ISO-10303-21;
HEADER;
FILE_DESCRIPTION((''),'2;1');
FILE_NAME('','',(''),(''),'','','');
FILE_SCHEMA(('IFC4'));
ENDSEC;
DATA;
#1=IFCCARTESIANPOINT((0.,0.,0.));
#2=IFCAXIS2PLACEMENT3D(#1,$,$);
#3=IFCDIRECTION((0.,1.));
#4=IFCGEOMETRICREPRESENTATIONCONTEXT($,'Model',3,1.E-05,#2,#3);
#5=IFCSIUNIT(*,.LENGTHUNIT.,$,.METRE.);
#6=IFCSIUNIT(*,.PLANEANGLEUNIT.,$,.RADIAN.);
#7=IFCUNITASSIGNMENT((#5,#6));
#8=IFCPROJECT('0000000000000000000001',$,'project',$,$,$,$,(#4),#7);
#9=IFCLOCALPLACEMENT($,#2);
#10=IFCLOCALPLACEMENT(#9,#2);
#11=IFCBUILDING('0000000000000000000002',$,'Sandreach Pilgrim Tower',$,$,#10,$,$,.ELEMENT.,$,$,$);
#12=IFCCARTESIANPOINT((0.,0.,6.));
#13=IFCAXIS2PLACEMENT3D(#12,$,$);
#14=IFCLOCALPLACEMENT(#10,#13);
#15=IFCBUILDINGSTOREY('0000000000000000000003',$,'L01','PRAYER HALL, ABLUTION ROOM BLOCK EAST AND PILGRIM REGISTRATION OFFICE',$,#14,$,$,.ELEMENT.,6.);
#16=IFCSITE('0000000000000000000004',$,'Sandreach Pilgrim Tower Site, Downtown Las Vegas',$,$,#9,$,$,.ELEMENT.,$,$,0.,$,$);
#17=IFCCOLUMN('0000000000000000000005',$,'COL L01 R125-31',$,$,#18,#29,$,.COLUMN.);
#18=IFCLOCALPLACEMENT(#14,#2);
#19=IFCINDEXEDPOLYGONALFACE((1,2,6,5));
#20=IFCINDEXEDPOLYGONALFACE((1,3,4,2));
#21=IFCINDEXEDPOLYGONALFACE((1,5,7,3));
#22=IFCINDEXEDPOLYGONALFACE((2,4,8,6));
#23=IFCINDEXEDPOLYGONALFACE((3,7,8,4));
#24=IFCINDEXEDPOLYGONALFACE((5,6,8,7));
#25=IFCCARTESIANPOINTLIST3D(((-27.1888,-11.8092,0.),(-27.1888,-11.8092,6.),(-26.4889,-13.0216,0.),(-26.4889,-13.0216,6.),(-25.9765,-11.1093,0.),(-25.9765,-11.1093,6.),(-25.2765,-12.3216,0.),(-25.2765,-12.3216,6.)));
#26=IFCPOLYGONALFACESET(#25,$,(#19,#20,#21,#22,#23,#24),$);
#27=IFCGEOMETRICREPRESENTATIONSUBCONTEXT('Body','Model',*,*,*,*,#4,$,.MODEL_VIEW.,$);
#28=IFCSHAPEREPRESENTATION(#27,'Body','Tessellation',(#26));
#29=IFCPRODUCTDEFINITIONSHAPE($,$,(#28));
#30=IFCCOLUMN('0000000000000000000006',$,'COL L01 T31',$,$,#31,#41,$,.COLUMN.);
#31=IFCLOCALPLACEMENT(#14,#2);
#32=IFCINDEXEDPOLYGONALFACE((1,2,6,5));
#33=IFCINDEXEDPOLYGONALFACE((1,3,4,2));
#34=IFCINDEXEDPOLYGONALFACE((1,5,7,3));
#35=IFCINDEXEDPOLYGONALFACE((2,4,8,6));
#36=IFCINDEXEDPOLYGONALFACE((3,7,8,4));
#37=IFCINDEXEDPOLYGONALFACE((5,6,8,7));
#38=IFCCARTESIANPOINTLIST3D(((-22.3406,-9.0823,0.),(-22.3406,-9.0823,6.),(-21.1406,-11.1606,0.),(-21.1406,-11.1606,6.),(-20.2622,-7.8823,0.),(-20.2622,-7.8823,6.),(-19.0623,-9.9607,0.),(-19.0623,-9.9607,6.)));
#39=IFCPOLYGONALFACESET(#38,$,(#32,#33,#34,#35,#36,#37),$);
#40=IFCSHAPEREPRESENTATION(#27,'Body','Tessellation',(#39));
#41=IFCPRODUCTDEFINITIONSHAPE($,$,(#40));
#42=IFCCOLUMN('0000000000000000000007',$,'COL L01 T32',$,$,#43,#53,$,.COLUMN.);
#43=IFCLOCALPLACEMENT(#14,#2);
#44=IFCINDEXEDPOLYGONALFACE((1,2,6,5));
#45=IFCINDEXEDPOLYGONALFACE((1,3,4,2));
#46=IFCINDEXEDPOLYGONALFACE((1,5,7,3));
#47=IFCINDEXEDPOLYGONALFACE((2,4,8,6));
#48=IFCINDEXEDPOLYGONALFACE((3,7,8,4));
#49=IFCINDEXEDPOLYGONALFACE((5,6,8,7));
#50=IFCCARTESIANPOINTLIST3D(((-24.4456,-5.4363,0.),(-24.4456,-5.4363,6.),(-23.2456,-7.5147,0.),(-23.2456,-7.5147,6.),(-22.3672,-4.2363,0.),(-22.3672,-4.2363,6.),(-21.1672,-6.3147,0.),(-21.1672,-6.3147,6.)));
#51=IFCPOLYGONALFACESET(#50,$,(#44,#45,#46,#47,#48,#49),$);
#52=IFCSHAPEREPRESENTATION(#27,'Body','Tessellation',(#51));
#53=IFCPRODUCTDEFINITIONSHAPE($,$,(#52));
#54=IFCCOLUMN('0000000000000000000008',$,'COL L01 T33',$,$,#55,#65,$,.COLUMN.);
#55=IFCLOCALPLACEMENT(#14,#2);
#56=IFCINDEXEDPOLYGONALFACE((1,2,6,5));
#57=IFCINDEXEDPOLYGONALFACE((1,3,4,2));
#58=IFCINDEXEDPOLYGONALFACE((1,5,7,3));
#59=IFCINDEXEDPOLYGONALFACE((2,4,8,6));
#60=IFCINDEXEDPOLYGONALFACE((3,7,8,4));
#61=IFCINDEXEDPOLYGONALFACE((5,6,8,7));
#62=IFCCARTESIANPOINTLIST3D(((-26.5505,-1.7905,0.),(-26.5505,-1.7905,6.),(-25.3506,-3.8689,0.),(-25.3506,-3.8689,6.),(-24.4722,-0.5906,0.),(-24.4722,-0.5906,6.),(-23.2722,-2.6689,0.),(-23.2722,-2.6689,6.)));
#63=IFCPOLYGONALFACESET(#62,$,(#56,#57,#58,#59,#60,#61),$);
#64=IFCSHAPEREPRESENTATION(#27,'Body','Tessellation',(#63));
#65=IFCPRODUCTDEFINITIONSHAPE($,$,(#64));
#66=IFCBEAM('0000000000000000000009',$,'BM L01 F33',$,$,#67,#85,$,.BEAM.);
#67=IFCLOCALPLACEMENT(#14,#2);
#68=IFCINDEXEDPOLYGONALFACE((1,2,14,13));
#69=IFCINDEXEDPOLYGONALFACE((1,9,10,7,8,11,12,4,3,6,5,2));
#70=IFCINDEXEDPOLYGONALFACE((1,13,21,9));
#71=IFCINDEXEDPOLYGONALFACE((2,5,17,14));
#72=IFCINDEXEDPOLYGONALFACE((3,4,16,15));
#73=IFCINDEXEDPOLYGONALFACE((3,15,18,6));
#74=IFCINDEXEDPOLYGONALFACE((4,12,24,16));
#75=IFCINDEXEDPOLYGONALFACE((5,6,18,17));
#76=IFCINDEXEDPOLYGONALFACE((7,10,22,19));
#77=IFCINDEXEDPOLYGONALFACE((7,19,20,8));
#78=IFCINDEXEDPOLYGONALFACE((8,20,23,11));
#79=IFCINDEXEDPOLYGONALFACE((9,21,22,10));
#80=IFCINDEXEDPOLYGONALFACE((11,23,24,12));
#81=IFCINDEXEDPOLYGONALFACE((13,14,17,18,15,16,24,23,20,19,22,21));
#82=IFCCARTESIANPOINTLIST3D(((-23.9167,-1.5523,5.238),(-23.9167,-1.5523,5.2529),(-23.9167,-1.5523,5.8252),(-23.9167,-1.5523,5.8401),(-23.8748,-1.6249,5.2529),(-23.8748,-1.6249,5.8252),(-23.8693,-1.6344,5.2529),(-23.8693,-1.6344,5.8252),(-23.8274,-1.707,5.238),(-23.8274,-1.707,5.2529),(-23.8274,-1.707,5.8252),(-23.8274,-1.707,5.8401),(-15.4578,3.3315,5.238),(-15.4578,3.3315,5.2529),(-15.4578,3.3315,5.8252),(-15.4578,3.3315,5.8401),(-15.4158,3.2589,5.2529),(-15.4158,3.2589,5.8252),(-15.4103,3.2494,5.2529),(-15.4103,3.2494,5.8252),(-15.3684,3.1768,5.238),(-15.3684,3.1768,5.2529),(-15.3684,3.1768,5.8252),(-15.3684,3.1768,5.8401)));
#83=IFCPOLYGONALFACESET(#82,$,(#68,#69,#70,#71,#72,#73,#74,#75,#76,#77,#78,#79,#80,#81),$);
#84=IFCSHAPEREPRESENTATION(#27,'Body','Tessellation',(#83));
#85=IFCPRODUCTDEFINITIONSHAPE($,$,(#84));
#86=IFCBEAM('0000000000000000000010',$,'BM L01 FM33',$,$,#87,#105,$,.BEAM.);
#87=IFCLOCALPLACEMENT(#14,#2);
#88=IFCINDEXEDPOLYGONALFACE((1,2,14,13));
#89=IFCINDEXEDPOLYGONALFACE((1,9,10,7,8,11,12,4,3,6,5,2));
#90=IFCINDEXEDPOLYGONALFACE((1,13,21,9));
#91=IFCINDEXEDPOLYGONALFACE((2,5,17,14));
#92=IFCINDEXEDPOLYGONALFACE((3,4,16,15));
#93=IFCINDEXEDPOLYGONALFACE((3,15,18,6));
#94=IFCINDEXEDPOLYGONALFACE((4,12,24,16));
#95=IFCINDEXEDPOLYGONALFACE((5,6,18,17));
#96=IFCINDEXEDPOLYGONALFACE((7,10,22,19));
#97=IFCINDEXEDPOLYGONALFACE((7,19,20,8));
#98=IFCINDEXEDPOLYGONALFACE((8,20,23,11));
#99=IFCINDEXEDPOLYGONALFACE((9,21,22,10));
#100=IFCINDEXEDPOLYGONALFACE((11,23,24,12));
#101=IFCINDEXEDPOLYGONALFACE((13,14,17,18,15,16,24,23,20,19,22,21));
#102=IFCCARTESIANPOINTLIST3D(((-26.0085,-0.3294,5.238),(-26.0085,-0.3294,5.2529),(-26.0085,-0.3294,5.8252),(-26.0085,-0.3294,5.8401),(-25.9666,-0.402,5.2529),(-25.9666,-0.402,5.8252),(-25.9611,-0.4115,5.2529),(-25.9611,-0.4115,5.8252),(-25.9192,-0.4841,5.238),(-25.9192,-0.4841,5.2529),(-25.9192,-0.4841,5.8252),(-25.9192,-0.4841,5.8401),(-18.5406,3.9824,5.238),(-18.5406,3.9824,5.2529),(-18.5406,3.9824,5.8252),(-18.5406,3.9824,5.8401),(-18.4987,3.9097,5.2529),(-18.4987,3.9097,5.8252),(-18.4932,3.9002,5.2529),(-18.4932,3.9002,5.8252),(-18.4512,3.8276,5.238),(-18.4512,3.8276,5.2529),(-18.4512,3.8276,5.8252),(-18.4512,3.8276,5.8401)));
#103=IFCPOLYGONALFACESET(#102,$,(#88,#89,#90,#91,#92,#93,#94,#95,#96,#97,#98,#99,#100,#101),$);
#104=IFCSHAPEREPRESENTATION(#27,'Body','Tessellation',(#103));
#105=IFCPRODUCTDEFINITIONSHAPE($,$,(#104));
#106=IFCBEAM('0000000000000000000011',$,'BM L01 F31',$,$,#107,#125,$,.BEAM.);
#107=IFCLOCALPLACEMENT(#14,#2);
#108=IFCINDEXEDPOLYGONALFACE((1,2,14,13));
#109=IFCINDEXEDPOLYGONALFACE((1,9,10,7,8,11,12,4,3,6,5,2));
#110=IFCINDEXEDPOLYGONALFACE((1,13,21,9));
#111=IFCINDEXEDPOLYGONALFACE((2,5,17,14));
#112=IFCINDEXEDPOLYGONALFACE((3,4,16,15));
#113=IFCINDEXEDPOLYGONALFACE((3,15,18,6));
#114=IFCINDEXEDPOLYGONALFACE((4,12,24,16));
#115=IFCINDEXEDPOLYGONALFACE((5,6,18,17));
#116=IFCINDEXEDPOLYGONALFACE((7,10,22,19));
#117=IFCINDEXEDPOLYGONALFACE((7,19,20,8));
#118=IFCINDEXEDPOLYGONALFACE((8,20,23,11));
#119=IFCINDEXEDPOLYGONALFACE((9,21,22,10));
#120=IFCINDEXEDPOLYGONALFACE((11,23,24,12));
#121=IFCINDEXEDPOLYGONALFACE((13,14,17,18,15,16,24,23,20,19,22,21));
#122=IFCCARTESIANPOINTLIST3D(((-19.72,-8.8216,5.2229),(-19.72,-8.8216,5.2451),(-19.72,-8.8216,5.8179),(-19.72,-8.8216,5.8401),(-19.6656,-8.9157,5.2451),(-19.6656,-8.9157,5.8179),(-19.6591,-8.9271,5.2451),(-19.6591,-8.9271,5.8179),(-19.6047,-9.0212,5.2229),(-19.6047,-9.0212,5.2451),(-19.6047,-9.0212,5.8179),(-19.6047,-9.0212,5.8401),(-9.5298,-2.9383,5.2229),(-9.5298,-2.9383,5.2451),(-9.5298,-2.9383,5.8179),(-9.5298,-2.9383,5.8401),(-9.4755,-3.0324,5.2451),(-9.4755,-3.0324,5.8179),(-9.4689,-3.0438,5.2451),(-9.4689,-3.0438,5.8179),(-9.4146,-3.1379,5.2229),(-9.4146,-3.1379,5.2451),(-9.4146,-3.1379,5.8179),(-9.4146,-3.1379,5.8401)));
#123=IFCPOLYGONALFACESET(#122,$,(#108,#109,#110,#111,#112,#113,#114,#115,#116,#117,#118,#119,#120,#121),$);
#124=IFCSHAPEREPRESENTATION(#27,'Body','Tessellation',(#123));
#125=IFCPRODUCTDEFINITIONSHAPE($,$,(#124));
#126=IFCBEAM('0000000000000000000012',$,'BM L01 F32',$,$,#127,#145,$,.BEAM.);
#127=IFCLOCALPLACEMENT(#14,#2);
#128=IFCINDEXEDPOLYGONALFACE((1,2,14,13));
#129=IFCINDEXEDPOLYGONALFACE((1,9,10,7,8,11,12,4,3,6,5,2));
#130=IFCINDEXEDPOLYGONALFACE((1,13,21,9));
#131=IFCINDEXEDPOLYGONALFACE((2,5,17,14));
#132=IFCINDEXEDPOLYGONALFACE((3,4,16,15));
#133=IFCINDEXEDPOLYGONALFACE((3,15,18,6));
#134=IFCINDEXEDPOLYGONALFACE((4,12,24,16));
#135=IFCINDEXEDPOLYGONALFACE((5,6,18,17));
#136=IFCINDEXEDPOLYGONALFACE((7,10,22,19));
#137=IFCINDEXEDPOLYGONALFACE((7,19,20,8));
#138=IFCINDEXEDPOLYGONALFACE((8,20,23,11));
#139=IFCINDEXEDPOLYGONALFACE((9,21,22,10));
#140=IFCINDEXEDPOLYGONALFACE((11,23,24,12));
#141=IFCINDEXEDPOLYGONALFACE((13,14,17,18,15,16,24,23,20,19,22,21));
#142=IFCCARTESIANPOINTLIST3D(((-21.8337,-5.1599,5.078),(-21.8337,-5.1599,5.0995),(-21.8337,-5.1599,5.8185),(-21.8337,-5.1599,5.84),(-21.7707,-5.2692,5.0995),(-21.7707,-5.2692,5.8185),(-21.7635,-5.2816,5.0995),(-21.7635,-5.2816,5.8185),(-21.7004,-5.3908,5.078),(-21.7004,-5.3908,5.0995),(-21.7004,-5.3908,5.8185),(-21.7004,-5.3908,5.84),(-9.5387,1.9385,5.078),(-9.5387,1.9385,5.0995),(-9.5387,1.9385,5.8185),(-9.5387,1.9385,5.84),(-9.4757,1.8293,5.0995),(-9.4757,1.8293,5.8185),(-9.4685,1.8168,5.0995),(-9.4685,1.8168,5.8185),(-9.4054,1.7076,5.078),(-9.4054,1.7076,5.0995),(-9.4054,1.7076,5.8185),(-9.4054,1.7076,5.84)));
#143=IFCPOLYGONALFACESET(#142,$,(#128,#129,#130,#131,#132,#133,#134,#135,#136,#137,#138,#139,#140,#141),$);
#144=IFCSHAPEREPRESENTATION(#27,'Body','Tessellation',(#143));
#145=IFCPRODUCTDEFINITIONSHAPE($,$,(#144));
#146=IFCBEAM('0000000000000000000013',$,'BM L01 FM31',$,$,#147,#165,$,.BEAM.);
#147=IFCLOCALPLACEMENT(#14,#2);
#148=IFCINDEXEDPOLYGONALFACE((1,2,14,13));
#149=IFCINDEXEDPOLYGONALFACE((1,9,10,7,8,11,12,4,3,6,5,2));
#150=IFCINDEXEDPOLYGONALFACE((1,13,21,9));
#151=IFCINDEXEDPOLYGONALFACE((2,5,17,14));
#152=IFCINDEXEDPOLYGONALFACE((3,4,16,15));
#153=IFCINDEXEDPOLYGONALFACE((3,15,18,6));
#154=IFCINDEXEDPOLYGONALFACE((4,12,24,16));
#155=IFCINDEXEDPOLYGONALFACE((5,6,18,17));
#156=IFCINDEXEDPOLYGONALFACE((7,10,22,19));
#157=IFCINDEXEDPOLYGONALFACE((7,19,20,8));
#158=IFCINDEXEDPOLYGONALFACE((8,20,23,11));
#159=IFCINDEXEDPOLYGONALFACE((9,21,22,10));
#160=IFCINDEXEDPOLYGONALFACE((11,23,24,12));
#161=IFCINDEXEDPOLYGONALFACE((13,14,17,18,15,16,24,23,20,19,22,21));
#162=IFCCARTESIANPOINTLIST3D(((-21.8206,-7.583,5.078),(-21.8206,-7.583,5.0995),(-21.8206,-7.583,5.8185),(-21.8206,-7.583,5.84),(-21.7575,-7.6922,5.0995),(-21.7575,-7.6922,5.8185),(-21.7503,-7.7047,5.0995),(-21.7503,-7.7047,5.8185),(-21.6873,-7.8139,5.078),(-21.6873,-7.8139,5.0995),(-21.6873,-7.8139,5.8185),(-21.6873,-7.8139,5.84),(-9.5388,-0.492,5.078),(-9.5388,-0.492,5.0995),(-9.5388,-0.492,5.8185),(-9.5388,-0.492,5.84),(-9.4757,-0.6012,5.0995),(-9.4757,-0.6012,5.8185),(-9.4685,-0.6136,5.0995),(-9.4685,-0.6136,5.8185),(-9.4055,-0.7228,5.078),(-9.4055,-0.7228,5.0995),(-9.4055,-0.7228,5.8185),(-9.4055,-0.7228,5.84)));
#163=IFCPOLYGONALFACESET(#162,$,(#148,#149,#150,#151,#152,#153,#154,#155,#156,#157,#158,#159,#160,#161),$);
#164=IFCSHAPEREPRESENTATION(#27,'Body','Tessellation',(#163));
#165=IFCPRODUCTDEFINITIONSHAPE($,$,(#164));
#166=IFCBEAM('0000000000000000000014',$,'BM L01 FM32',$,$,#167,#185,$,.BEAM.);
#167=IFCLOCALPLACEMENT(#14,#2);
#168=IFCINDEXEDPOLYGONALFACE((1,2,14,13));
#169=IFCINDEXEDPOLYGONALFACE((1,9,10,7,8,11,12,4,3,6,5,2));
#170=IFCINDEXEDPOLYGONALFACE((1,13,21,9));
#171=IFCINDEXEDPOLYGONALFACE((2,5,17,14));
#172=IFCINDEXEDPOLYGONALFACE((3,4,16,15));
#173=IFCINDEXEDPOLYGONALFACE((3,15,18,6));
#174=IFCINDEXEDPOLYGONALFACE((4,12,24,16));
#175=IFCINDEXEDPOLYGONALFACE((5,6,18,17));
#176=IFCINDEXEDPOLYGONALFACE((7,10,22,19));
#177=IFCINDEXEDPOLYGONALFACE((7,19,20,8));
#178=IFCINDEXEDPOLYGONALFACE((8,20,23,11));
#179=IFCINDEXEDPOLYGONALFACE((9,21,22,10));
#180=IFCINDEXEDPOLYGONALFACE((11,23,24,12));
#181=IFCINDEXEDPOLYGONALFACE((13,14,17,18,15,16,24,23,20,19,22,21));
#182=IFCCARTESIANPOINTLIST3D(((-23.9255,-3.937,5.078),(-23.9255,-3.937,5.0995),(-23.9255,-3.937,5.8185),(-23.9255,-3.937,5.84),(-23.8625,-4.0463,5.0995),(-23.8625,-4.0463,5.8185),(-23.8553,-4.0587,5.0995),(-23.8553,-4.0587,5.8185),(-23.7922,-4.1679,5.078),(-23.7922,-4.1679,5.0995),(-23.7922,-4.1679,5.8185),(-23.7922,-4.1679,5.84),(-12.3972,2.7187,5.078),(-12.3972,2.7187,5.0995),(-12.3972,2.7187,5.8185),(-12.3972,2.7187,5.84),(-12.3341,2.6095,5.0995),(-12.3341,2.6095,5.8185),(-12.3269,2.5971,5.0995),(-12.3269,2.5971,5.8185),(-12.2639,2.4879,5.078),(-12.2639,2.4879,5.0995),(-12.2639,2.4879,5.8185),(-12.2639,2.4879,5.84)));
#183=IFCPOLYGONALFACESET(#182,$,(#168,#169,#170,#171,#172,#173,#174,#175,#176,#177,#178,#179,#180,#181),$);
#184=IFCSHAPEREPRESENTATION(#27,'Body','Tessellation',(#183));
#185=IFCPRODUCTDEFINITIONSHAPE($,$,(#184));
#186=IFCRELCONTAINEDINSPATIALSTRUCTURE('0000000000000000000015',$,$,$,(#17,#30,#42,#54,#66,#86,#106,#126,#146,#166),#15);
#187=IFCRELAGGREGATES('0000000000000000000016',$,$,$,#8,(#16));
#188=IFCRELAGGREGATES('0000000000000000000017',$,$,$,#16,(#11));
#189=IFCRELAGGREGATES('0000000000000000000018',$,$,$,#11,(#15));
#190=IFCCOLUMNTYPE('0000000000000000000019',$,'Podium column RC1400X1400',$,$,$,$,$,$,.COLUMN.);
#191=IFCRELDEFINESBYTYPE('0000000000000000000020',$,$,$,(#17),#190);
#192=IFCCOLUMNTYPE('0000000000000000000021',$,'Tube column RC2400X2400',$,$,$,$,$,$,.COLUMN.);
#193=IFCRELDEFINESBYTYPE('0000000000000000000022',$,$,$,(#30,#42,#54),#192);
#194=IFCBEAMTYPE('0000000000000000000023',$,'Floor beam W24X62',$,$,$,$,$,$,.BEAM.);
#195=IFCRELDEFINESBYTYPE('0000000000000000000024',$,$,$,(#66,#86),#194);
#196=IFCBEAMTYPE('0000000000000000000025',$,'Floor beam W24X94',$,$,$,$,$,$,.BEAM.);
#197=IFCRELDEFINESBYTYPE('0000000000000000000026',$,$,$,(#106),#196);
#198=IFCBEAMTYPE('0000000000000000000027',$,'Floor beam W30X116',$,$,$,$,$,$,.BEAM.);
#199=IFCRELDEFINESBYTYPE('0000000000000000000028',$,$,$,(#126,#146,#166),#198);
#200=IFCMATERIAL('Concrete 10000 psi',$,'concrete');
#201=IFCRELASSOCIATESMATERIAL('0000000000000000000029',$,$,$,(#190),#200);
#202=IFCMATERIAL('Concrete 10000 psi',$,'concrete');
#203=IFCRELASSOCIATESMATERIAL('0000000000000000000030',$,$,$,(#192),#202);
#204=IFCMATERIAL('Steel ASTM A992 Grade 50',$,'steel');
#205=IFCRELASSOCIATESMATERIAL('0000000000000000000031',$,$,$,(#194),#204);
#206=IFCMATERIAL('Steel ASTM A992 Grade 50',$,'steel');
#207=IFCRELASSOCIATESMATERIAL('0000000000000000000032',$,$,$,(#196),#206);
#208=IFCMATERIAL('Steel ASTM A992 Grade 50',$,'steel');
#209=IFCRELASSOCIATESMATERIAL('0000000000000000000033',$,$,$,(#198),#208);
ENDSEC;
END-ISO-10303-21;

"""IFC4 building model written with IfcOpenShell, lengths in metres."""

from ifc_helpers import new_model, si_unit, direction, frame, origin, origin_2d, place, context, subcontext, project, spatial, rectangle, i_section, extrude, material, material_profile, profile_set, type_object, element, save


model = new_model("IFC4")

# Units and contexts
model_context = context("Model", 3, precision=1e-05, world=origin(), true_north=direction((0.0, 1.0)))
body_context = subcontext(model_context, "Body", "Model", "MODEL_VIEW")
ifc_project = project(units=[si_unit("LENGTHUNIT", "METRE"), si_unit("PLANEANGLEUNIT", "RADIAN")], contexts=[model_context])

# Site, building, storey
site_placement = place(None, origin())
site = spatial("IfcSite", under=ifc_project, at=site_placement, Name="Sandreach Pilgrim Tower Site, Downtown Las Vegas", CompositionType="ELEMENT", RefElevation=0.0)
building_placement = place(site_placement, origin())
building = spatial("IfcBuilding", under=site, at=building_placement, Name="Sandreach Pilgrim Tower", CompositionType="ELEMENT")
storey_placement = place(building_placement, frame((0.0, 0.0, 6.0)))
storey = spatial("IfcBuildingStorey", under=building, at=storey_placement, Name="L01", Description="PRAYER HALL, ABLUTION ROOM BLOCK EAST AND PILGRIM REGISTRATION OFFICE", CompositionType="ELEMENT", Elevation=6.0)

# Columns
ifc_material_1 = material(Name="Concrete 10000 psi", Category="concrete")
ifc_material_profile_1 = material_profile(ifc_material_1, rectangle(XDim=1.3999, YDim=1.3999, at=origin_2d()), Name="RC1400X1400")
ifc_profile_set_1 = profile_set([ifc_material_profile_1], Name="Concrete 10000 psi")
column_type_1 = type_object("IfcColumnType", Name="Podium column RC1400X1400", PredefinedType="COLUMN", material=ifc_profile_set_1)
column_placement = place(storey_placement, frame((-26.2327, -12.0654, 0.0), z_axis=(0.0, 0.0, 1.0), x_axis=(-0.866025, -0.5, 0.0)))
element("IfcColumn", 1, at=column_placement, inside=storey, type_object=column_type_1, Name="COL L01 R125-31", PredefinedType="COLUMN", context=body_context, shape_type="SweptSolid", body=[
    extrude(rectangle(XDim=1.3999, YDim=1.3999, at=origin_2d()), origin(), (0.0, 0.0, 1.0), 6.0),
])
ifc_material_2 = material(Name="Concrete 10000 psi", Category="concrete")
ifc_material_profile_2 = material_profile(ifc_material_2, rectangle(XDim=2.3999, YDim=2.3999, at=origin_2d()), Name="RC2400X2400")
ifc_profile_set_2 = profile_set([ifc_material_profile_2], Name="Concrete 10000 psi")
column_type_2 = type_object("IfcColumnType", Name="Tube column RC2400X2400", PredefinedType="COLUMN", material=ifc_profile_set_2)
for number, where, z_axis, x_axis, name in (
    (2, (-20.7014, -9.5215, 0.0), (0.0, 0.0, 1.0), (-0.866025, -0.5, 0.0), "COL L01 T31"),
    (3, (-22.8064, -5.8755, 0.0), (0.0, 0.0, 1.0), (-0.866025, -0.5, 0.0), "COL L01 T32"),
    (4, (-24.9114, -2.2297, 0.0), (0.0, 0.0, 1.0), (-0.866025, -0.5, 0.0), "COL L01 T33"),
):
    element("IfcColumn", number, at=place(storey_placement, frame(where, z_axis=z_axis, x_axis=x_axis)), inside=storey, type_object=column_type_2, Name=name, PredefinedType="COLUMN", context=body_context, shape_type="SweptSolid", body=[
        extrude(rectangle(XDim=2.3999, YDim=2.3999, at=origin_2d()), origin(), (0.0, 0.0, 1.0), 6.0),
    ])

# Beams
ifc_material_3 = material(Name="Steel ASTM A992 Grade 50", Category="steel")
ifc_material_profile_3 = material_profile(ifc_material_3, i_section(OverallWidth=0.1787, OverallDepth=0.6021, WebThickness=0.011, FlangeThickness=0.0149, at=origin_2d()), Name="W24X62")
ifc_profile_set_3 = profile_set([ifc_material_profile_3], Name="Steel ASTM A992 Grade 50")
beam_type_1 = type_object("IfcBeamType", Name="Floor beam W24X62", PredefinedType="BEAM", material=ifc_profile_set_3)
beam_1_placement = place(storey_placement, frame((-23.8721, -1.6296, 5.5391), z_axis=(0.866026, 0.499999, 0.0), x_axis=(-0.499999, 0.866026, 0.0)))
element("IfcBeam", 5, at=beam_1_placement, inside=storey, type_object=beam_type_1, Name="BM L01 F33", PredefinedType="BEAM", context=body_context, shape_type="SweptSolid", body=[
    extrude(i_section(OverallWidth=0.1787, OverallDepth=0.6021, WebThickness=0.011, FlangeThickness=0.0149, at=origin_2d()), origin(), (0.0, 0.0, 1.0), 9.7676),
])
beam_2_placement = place(storey_placement, frame((-25.9639, -0.4067, 5.5391), z_axis=(0.86602, 0.500009, 0.0), x_axis=(-0.500009, 0.86602, 0.0)))
element("IfcBeam", 6, at=beam_2_placement, inside=storey, type_object=beam_type_1, Name="BM L01 FM33", PredefinedType="BEAM", context=body_context, shape_type="SweptSolid", body=[
    extrude(i_section(OverallWidth=0.1787, OverallDepth=0.6021, WebThickness=0.011, FlangeThickness=0.0149, at=origin_2d()), origin(), (0.0, 0.0, 1.0), 8.6233),
])
ifc_material_4 = material(Name="Steel ASTM A992 Grade 50", Category="steel")
ifc_material_profile_4 = material_profile(ifc_material_4, i_section(OverallWidth=0.2305, OverallDepth=0.6172, WebThickness=0.0132, FlangeThickness=0.0222, at=origin_2d()), Name="W24X94")
ifc_profile_set_4 = profile_set([ifc_material_profile_4], Name="Steel ASTM A992 Grade 50")
beam_type_2 = type_object("IfcBeamType", Name="Floor beam W24X94", PredefinedType="BEAM", material=ifc_profile_set_4)
beam_3_placement = place(storey_placement, frame((-19.6624, -8.9214, 5.5315), z_axis=(0.866026, 0.5, 0.0), x_axis=(-0.5, 0.866026, 0.0)))
element("IfcBeam", 7, at=beam_3_placement, inside=storey, type_object=beam_type_2, Name="BM L01 F31", PredefinedType="BEAM", context=body_context, shape_type="SweptSolid", body=[
    extrude(i_section(OverallWidth=0.2305, OverallDepth=0.6172, WebThickness=0.0132, FlangeThickness=0.0222, at=origin_2d()), origin(), (0.0, 0.0, 1.0), 11.7666),
])
ifc_material_5 = material(Name="Steel ASTM A992 Grade 50", Category="steel")
ifc_material_profile_5 = material_profile(ifc_material_5, i_section(OverallWidth=0.2666, OverallDepth=0.762, WebThickness=0.0144, FlangeThickness=0.0215, at=origin_2d()), Name="W30X116")
ifc_profile_set_5 = profile_set([ifc_material_profile_5], Name="Steel ASTM A992 Grade 50")
beam_type_3 = type_object("IfcBeamType", Name="Floor beam W30X116", PredefinedType="BEAM", material=ifc_profile_set_5)
beam_4_placement = place(storey_placement, frame((-21.7671, -5.2754, 5.459), z_axis=(0.866028, 0.499995, 0.0), x_axis=(-0.499995, 0.866028, 0.0)))
element("IfcBeam", 8, at=beam_4_placement, inside=storey, type_object=beam_type_3, Name="BM L01 F32", PredefinedType="BEAM", context=body_context, shape_type="SweptSolid", body=[
    extrude(i_section(OverallWidth=0.2666, OverallDepth=0.762, WebThickness=0.0144, FlangeThickness=0.0215, at=origin_2d()), origin(), (0.0, 0.0, 1.0), 14.197),
])
beam_5_placement = place(storey_placement, frame((-21.7539, -7.6985, 5.459), z_axis=(0.866019, 0.500011, 0.0), x_axis=(-0.500011, 0.866019, 0.0)))
element("IfcBeam", 9, at=beam_5_placement, inside=storey, type_object=beam_type_3, Name="BM L01 FM31", PredefinedType="BEAM", context=body_context, shape_type="SweptSolid", body=[
    extrude(i_section(OverallWidth=0.2666, OverallDepth=0.762, WebThickness=0.0144, FlangeThickness=0.0215, at=origin_2d()), origin(), (0.0, 0.0, 1.0), 14.1819),
])
beam_6_placement = place(storey_placement, frame((-23.8589, -4.0525, 5.459), z_axis=(0.866029, 0.499993, 0.0), x_axis=(-0.499993, 0.866029, 0.0)))
element("IfcBeam", 10, at=beam_6_placement, inside=storey, type_object=beam_type_3, Name="BM L01 FM32", PredefinedType="BEAM", context=body_context, shape_type="SweptSolid", body=[
    extrude(i_section(OverallWidth=0.2666, OverallDepth=0.762, WebThickness=0.0144, FlangeThickness=0.0215, at=origin_2d()), origin(), (0.0, 0.0, 1.0), 13.3118),
])

save(model, "model.ifc")
